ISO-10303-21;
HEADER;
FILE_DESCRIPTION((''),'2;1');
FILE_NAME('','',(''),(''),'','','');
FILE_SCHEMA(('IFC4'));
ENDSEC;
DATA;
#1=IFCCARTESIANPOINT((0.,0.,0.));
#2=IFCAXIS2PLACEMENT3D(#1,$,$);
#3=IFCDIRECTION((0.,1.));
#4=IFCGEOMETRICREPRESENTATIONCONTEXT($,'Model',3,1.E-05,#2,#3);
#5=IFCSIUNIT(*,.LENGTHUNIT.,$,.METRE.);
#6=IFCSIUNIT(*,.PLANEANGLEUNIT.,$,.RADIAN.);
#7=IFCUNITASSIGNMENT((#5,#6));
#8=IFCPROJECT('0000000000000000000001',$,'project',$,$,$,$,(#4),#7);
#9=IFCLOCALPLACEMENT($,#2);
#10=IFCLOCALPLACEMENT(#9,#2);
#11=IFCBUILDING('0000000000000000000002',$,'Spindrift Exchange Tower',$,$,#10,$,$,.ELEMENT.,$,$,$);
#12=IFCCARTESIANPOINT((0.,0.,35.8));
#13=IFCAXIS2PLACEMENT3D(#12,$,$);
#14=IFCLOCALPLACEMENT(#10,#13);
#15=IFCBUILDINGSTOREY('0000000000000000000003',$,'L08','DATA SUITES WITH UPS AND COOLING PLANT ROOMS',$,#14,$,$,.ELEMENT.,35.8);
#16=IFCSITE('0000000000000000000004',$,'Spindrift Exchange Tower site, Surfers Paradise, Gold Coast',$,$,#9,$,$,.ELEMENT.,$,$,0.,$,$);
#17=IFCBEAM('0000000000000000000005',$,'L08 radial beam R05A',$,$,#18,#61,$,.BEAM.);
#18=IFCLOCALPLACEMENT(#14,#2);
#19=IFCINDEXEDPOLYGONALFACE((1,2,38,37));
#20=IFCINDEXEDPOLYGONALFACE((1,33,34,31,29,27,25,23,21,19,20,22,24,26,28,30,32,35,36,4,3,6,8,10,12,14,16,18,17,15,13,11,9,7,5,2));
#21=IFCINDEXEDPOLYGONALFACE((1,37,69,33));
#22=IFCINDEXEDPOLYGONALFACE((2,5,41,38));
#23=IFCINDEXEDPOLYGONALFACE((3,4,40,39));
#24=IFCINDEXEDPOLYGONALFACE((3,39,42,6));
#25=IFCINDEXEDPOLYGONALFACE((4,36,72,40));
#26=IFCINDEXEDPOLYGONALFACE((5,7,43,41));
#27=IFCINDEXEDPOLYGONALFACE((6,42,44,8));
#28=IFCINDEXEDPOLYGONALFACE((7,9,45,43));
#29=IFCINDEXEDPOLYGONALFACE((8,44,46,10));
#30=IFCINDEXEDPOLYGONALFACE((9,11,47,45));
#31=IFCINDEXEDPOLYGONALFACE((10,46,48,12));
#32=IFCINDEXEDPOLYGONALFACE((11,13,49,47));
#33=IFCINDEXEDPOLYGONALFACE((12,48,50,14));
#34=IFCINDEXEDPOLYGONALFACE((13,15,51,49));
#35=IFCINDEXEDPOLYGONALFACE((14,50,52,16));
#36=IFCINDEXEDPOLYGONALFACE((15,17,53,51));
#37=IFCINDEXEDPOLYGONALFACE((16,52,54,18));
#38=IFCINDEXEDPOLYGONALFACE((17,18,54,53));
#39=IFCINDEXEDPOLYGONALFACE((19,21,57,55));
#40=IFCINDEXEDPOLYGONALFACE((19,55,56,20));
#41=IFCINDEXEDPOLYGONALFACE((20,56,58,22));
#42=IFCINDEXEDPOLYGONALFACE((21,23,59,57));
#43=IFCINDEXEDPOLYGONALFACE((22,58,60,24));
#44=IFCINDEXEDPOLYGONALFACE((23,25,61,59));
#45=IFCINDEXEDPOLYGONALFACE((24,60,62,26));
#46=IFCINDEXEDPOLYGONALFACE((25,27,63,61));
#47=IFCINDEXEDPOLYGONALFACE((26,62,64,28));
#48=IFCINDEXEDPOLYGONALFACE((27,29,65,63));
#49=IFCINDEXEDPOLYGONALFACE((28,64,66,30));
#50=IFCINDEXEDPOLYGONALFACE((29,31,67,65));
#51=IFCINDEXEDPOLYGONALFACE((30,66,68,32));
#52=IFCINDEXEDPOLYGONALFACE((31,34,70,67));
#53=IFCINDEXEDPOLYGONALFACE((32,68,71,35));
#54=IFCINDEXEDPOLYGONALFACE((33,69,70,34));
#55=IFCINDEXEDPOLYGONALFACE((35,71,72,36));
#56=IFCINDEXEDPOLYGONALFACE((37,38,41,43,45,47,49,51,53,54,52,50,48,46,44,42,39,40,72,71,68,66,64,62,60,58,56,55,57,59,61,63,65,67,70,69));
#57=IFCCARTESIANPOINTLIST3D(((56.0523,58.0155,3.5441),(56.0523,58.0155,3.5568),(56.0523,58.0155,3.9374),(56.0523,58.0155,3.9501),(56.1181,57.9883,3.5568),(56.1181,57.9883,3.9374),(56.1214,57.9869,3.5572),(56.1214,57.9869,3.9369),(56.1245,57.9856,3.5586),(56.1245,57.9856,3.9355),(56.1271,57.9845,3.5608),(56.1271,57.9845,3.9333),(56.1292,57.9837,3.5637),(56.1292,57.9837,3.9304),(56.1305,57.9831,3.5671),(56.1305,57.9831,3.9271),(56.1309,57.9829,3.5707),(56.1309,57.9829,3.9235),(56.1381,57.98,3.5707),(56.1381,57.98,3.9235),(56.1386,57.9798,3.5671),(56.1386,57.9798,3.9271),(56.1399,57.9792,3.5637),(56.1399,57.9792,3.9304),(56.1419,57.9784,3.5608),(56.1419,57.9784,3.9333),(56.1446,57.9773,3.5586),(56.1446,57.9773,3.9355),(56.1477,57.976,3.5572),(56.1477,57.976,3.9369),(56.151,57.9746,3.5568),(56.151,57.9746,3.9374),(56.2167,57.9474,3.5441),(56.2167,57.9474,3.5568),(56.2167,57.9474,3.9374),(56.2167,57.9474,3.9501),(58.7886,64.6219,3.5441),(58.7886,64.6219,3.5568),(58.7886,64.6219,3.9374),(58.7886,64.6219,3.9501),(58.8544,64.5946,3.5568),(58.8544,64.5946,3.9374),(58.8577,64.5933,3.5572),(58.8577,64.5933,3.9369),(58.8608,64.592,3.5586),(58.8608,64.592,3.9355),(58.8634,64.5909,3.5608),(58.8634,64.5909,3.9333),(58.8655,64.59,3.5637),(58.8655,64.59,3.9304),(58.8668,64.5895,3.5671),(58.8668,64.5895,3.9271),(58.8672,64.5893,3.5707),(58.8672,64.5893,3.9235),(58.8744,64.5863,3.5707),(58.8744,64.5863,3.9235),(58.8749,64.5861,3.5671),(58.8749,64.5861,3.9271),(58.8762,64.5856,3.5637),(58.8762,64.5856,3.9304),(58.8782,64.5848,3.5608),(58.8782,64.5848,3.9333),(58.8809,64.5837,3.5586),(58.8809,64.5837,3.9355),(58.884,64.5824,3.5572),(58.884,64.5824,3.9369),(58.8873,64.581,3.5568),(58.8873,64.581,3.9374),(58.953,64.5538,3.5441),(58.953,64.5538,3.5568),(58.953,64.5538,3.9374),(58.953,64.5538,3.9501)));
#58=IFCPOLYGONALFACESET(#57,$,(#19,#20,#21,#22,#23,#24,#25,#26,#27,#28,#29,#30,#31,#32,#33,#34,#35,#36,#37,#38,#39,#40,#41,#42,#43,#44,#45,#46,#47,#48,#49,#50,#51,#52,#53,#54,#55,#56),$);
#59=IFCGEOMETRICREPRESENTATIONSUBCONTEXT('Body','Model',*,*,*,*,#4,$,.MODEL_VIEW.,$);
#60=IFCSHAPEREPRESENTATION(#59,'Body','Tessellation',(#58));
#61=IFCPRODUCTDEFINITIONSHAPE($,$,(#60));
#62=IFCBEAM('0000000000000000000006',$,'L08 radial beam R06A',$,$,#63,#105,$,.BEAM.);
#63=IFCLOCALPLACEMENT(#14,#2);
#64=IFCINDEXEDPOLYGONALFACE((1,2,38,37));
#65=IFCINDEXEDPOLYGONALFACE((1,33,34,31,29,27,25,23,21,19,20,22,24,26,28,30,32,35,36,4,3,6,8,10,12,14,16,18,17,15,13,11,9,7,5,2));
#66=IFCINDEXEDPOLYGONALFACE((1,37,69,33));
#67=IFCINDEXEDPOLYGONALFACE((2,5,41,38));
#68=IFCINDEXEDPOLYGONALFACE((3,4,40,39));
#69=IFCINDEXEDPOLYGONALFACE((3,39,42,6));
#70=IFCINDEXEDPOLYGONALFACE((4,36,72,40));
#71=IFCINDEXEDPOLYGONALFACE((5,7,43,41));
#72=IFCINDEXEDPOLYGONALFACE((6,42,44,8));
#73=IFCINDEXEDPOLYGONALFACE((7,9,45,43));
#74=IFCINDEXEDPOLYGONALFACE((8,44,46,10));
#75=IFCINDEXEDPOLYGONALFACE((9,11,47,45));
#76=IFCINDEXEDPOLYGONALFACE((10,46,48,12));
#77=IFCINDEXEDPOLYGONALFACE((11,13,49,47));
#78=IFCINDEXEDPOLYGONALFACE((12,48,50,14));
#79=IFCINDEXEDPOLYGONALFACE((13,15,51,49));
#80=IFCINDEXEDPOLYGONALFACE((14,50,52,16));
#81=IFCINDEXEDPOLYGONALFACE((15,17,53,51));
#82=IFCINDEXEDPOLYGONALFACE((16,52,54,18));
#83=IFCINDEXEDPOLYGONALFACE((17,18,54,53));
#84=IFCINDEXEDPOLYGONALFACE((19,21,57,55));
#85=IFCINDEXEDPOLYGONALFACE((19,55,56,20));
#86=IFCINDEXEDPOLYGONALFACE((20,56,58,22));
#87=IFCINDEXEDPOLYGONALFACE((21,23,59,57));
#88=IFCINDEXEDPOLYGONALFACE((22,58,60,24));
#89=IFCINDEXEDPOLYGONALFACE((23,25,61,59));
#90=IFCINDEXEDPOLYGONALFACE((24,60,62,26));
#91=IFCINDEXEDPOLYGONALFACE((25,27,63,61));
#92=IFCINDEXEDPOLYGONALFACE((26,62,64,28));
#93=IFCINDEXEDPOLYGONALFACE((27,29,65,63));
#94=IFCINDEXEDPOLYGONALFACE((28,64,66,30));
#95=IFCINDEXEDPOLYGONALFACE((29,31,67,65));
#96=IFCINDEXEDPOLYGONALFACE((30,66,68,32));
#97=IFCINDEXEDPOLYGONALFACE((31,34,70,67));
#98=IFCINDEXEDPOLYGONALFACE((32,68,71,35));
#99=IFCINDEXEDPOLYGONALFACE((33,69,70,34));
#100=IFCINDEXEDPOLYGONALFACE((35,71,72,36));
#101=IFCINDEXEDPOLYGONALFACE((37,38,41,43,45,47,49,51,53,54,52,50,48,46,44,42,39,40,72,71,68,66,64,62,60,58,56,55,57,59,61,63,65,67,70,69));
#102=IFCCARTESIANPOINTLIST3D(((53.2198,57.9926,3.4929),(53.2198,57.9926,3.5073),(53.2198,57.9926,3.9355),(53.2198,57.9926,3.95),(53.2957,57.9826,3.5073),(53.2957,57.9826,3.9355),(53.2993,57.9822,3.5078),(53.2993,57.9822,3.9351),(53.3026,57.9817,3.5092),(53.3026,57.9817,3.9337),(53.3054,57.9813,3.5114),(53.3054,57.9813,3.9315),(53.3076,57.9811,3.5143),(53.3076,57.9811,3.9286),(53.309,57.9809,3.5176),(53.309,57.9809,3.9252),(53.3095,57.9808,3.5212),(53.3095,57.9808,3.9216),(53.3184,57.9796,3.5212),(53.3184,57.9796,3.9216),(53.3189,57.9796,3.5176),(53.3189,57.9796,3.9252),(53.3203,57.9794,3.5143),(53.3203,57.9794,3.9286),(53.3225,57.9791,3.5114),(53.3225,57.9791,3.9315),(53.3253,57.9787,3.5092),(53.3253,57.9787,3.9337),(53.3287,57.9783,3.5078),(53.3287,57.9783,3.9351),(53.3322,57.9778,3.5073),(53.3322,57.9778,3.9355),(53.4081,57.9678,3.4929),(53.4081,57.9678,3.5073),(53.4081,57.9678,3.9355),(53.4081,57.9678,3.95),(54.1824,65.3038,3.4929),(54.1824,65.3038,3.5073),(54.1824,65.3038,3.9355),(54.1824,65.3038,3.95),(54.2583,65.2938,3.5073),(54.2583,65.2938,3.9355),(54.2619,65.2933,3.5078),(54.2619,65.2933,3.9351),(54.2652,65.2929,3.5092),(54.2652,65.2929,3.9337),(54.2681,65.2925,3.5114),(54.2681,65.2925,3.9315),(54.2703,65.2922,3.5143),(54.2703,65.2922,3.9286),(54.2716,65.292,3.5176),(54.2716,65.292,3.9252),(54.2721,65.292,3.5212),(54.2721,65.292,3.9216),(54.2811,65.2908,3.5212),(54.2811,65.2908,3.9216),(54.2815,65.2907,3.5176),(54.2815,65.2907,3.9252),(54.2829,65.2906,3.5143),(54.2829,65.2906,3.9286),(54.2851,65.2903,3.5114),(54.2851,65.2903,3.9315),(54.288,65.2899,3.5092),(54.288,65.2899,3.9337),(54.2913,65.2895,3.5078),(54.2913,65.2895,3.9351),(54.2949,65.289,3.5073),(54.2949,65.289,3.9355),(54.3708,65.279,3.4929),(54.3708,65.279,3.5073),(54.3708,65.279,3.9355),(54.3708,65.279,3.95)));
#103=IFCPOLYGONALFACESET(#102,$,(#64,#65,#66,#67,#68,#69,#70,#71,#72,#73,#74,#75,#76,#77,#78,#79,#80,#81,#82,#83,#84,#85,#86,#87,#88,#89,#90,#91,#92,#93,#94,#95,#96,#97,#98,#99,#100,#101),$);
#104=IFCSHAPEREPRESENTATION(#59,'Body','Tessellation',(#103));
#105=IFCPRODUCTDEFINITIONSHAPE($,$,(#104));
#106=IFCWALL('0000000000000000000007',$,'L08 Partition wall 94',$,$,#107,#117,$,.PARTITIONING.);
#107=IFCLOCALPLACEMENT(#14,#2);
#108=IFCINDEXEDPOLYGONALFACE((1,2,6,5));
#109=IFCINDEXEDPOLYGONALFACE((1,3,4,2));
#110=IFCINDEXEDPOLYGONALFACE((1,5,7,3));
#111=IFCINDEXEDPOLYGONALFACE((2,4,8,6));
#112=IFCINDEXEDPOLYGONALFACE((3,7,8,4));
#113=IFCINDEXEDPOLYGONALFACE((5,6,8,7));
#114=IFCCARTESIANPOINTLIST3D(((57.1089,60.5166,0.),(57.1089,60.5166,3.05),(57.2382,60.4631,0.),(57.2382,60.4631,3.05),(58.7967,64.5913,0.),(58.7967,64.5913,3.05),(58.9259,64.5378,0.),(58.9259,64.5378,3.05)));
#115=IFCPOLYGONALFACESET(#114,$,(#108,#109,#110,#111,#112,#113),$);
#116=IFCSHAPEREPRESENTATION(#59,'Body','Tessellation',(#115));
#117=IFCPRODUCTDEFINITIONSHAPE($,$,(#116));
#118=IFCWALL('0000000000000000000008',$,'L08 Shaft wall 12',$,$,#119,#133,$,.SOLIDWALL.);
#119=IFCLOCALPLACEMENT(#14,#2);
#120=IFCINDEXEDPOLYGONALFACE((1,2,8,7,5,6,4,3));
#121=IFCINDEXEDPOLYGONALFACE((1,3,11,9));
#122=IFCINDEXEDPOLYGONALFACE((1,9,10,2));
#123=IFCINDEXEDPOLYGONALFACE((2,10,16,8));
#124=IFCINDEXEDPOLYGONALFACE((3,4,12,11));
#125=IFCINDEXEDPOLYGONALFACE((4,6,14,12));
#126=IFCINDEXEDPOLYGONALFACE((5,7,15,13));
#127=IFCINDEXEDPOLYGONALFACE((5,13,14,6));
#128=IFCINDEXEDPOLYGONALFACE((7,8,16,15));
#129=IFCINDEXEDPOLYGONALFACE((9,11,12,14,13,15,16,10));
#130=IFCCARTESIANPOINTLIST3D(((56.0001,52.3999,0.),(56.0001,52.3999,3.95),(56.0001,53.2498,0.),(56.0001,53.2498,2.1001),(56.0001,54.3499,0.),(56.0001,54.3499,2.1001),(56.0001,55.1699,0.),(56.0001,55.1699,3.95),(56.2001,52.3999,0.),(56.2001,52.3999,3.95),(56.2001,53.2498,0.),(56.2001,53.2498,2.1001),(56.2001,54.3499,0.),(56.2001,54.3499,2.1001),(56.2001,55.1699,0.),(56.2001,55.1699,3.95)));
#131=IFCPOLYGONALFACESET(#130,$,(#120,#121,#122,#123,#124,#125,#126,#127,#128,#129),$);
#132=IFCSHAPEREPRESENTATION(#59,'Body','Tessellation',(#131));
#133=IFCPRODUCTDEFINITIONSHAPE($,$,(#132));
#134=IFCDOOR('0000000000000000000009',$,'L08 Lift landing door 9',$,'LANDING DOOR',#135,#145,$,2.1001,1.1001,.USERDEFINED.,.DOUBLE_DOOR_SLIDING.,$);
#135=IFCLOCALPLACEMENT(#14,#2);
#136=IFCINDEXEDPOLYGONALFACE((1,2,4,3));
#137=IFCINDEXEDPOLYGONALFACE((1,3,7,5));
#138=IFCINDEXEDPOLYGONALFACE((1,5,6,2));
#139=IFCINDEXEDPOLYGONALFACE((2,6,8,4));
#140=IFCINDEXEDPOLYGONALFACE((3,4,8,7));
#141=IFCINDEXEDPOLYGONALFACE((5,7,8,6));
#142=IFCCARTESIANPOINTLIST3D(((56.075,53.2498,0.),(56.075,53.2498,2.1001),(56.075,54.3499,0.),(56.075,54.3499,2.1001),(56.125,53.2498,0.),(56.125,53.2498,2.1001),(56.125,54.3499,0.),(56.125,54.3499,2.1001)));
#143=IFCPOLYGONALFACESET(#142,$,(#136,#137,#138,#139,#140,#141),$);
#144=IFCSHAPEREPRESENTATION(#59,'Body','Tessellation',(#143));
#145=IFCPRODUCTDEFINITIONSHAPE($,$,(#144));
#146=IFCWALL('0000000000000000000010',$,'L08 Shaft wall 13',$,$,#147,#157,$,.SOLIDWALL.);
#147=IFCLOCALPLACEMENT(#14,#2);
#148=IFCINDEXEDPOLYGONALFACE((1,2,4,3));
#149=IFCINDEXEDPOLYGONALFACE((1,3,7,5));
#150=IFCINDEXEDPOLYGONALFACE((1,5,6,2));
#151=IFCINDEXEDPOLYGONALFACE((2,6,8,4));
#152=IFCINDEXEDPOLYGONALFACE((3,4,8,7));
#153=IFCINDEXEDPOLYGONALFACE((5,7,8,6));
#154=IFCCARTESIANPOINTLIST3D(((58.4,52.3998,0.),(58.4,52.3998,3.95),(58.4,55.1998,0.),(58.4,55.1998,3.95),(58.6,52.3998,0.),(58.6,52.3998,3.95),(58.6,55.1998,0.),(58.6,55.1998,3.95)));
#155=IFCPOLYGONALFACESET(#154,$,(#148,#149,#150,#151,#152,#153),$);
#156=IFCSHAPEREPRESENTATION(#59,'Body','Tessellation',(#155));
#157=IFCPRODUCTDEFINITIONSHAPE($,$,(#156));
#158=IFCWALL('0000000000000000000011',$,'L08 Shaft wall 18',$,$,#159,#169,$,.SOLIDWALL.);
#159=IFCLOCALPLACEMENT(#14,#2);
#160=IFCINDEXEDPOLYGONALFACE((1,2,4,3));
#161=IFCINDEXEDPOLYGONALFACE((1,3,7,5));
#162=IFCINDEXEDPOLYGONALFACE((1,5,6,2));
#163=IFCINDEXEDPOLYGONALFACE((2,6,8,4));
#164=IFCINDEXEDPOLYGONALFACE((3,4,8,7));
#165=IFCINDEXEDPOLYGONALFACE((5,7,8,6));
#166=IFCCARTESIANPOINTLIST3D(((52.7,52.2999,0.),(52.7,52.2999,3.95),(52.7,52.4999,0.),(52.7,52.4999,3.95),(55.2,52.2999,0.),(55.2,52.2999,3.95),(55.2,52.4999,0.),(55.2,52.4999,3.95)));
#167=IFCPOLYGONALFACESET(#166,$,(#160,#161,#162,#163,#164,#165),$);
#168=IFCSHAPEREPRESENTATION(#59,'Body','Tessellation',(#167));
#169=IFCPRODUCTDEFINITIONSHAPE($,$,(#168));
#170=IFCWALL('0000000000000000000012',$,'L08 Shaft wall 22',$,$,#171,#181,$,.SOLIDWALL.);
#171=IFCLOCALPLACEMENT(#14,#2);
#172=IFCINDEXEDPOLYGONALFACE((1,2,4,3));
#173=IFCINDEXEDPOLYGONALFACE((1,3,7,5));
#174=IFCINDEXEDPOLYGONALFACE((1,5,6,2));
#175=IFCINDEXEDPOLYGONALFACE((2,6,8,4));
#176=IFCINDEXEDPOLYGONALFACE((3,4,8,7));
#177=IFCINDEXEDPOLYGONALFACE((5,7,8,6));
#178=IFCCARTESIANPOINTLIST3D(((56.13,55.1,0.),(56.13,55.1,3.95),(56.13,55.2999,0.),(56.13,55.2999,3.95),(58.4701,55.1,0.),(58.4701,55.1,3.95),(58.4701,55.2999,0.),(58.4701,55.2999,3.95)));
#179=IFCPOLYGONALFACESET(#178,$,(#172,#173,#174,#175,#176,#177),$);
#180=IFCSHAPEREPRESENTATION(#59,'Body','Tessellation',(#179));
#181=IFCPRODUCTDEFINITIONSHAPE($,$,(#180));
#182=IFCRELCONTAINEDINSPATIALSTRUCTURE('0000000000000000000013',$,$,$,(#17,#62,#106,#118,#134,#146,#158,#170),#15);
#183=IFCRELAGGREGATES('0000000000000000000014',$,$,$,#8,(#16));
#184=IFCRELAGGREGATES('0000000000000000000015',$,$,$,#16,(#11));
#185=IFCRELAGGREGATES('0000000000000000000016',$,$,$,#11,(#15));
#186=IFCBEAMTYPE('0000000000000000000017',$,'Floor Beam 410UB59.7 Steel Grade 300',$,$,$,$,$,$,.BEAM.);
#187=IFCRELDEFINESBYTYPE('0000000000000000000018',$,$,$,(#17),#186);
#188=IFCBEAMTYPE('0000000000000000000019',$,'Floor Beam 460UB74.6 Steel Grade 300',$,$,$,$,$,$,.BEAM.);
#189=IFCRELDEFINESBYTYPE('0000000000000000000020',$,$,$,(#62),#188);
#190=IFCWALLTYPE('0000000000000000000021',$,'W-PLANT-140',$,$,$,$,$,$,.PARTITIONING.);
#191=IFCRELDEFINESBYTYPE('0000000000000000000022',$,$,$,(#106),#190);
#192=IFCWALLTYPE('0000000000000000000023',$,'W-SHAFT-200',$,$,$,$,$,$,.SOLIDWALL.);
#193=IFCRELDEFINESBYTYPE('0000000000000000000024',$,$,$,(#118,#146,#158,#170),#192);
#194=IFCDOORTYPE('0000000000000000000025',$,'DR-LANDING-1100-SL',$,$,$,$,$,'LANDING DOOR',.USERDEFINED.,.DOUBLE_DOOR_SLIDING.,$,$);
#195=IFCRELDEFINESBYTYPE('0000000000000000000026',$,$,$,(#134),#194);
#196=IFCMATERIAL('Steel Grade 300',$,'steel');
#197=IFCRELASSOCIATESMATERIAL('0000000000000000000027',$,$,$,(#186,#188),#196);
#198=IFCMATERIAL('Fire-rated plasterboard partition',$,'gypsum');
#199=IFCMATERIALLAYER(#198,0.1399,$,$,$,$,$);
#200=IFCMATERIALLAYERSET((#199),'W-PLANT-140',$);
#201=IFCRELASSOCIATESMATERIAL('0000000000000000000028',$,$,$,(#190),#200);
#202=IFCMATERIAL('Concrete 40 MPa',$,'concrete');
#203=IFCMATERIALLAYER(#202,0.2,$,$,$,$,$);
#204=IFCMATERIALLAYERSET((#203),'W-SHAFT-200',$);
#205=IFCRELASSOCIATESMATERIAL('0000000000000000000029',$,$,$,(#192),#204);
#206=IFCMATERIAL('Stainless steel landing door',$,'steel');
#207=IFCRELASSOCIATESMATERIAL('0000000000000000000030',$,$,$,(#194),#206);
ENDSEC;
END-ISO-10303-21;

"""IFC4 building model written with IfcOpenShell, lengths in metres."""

from ifc_helpers import new_model, si_unit, direction, frame, frame_2d, origin, origin_2d, place, context, subcontext, project, spatial, rectangle, i_section, extrude, source, transform, mapped, material, layer, layer_set, material_profile, profile_set, type_object, element, fill, save


model = new_model("IFC4")

# Units and contexts
model_context = context("Model", 3, precision=1e-05, world=origin(), true_north=direction((0.0, 1.0)))
body_context = subcontext(model_context, "Body", "Model", "MODEL_VIEW")
ifc_project = project(units=[si_unit("LENGTHUNIT", "METRE"), si_unit("PLANEANGLEUNIT", "RADIAN")], contexts=[model_context])

# Site, building, storey
site_placement = place(None, origin())
site = spatial("IfcSite", under=ifc_project, at=site_placement, Name="Spindrift Exchange Tower site, Surfers Paradise, Gold Coast", CompositionType="ELEMENT", RefElevation=0.0)
building_placement = place(site_placement, origin())
building = spatial("IfcBuilding", under=site, at=building_placement, Name="Spindrift Exchange Tower", CompositionType="ELEMENT")
storey_placement = place(building_placement, frame((0.0, 0.0, 35.8)))
storey = spatial("IfcBuildingStorey", under=building, at=storey_placement, Name="L08", Description="DATA SUITES WITH UPS AND COOLING PLANT ROOMS", CompositionType="ELEMENT", Elevation=35.8)

# Beams
ifc_material_1 = material(Name="Steel Grade 300", Category="steel")
ifc_material_profile_1 = material_profile(ifc_material_1, i_section(OverallWidth=0.178, OverallDepth=0.406, WebThickness=0.0078, FlangeThickness=0.0127, FilletRadius=0.0139, at=origin_2d()), Name="410UB59.7")
ifc_profile_set_1 = profile_set([ifc_material_profile_1], Name="Steel Grade 300")
beam_type_1 = type_object("IfcBeamType", Name="Floor Beam 410UB59.7 Steel Grade 300", PredefinedType="BEAM", material=ifc_profile_set_1)
shared_shape_1 = source(origin(), body_context, "Body", "SweptSolid", [
    extrude(i_section(OverallWidth=0.178, OverallDepth=0.406, WebThickness=0.0078, FlangeThickness=0.0127, FilletRadius=0.0139, at=origin_2d()), origin(), (0.0, 0.0, 1.0), 7.1506),
])
beam_1_placement = place(storey_placement, frame((56.1345, 57.9814, 3.7471), z_axis=(0.382665, 0.923887, 0.0), x_axis=(-0.923887, 0.382665, 0.0)))
element("IfcBeam", 1, at=beam_1_placement, inside=storey, type_object=beam_type_1, Name="L08 radial beam R05A", PredefinedType="BEAM", context=body_context, shape_type="MappedRepresentation", body=[
    mapped(shared_shape_1, transform((0.0, 0.0, 0.0), scale=1.0)),
])
ifc_material_profile_2 = material_profile(ifc_material_1, i_section(OverallWidth=0.1899, OverallDepth=0.457, WebThickness=0.009, FlangeThickness=0.0144, FilletRadius=0.0139, at=origin_2d()), Name="460UB74.6")
ifc_profile_set_2 = profile_set([ifc_material_profile_2], Name="Steel Grade 300")
beam_type_2 = type_object("IfcBeamType", Name="Floor Beam 460UB74.6 Steel Grade 300", PredefinedType="BEAM", material=ifc_profile_set_2)
shared_shape_2 = source(origin(), body_context, "Body", "SweptSolid", [
    extrude(i_section(OverallWidth=0.1899, OverallDepth=0.457, WebThickness=0.009, FlangeThickness=0.0144, FilletRadius=0.0139, at=origin_2d()), origin(), (0.0, 0.0, 1.0), 7.3743),
])
beam_2_placement = place(storey_placement, frame((53.314, 57.9802, 3.7214), z_axis=(0.130539, 0.991443, 0.0), x_axis=(-0.991443, 0.130539, 0.0)))
element("IfcBeam", 2, at=beam_2_placement, inside=storey, type_object=beam_type_2, Name="L08 radial beam R06A", PredefinedType="BEAM", context=body_context, shape_type="MappedRepresentation", body=[
    mapped(shared_shape_2, transform((0.0, 0.0, 0.0), scale=1.0)),
])

# Wall
ifc_material_2 = material(Name="Fire-rated plasterboard partition", Category="gypsum")
ifc_layer_1 = layer(ifc_material_2, 0.1399)
ifc_layer_set_1 = layer_set([ifc_layer_1], Name="W-PLANT-140")
wall_type_1 = type_object("IfcWallType", Name="W-PLANT-140", PredefinedType="PARTITIONING", material=ifc_layer_set_1)
wall_1_placement = place(storey_placement, frame((57.1736, 60.49, 0.0), z_axis=(0.0, 0.0, 1.0), x_axis=(0.382673, 0.923884, 0.0)))
element("IfcWall", 3, at=wall_1_placement, inside=storey, type_object=wall_type_1, Name="L08 Partition wall 94", PredefinedType="PARTITIONING", context=body_context, shape_type="SweptSolid", body=[
    extrude(rectangle(XDim=4.4104, YDim=0.1399, at=frame_2d((2.2051, 0.0))), origin(), (0.0, 0.0, 1.0), 3.05),
])

# Wall, opening, door
ifc_material_3 = material(Name="Concrete 40 MPa", Category="concrete")
ifc_layer_2 = layer(ifc_material_3, 0.2)
ifc_layer_set_2 = layer_set([ifc_layer_2], Name="W-SHAFT-200")
wall_type_2 = type_object("IfcWallType", Name="W-SHAFT-200", PredefinedType="SOLIDWALL", material=ifc_layer_set_2)
wall_2_placement = place(storey_placement, frame((56.1001, 55.1699, 0.0), z_axis=(0.0, 0.0, 1.0), x_axis=(0.0, -1.0, 0.0)))
wall_2 = element("IfcWall", 4, at=wall_2_placement, inside=storey, type_object=wall_type_2, Name="L08 Shaft wall 12", PredefinedType="SOLIDWALL", context=body_context, shape_type="SweptSolid", body=[
    extrude(rectangle(XDim=2.77, YDim=0.2, at=frame_2d((1.385, 0.0))), origin(), (0.0, 0.0, 1.0), 3.95),
])
opening_1_placement = place(wall_2_placement, frame((0.8201, 0.0, 0.0)))
opening_1 = element("IfcOpeningElement", 5, at=opening_1_placement, cuts=wall_2, PredefinedType="OPENING", context=body_context, shape_type="SweptSolid", body=[
    extrude(rectangle(XDim=1.1001, YDim=2.1001, at=frame_2d((0.55, 1.05))), frame((0.0, 0.1099, 0.0), z_axis=(0.0, -1.0, 0.0), x_axis=(1.0, 0.0, 0.0)), (0.0, 0.0, 1.0), 0.22),
])
ifc_material_4 = material(Name="Stainless steel landing door", Category="steel")
door_type_1 = type_object("IfcDoorType", Name="DR-LANDING-1100-SL", ElementType="LANDING DOOR", OperationType="DOUBLE_DOOR_SLIDING", PredefinedType="USERDEFINED", material=ifc_material_4)
shared_shape_3 = source(origin(), body_context, "Body", "SweptSolid", [
    extrude(rectangle(XDim=1.1001, YDim=2.1001, at=frame_2d((0.55, 1.05))), frame((0.0, 0.0249, 0.0), z_axis=(0.0, -1.0, 0.0), x_axis=(1.0, 0.0, 0.0)), (0.0, 0.0, 1.0), 0.05),
])
door_1_placement = place(opening_1_placement, origin())
door_1 = element("IfcDoor", 6, at=door_1_placement, inside=storey, type_object=door_type_1, Name="L08 Lift landing door 9", ObjectType="LANDING DOOR", OperationType="DOUBLE_DOOR_SLIDING", OverallHeight=2.1001, OverallWidth=1.1001, PredefinedType="USERDEFINED", context=body_context, shape_type="MappedRepresentation", body=[
    mapped(shared_shape_3, transform((0.0, 0.0, 0.0), scale=1.0)),
])
fill(opening_1, door_1)

# Walls
wall_3_placement = place(storey_placement, frame((58.5, 52.3999, 0.0), z_axis=(0.0, 0.0, 1.0), x_axis=(0.0, 1.0, 0.0)))
element("IfcWall", 7, at=wall_3_placement, inside=storey, type_object=wall_type_2, Name="L08 Shaft wall 13", PredefinedType="SOLIDWALL", context=body_context, shape_type="SweptSolid", body=[
    extrude(rectangle(XDim=2.8, YDim=0.2, at=frame_2d((1.3999, 0.0))), origin(), (0.0, 0.0, 1.0), 3.95),
])
wall_4_placement = place(storey_placement, frame((55.2, 52.3999, 0.0), z_axis=(0.0, 0.0, 1.0), x_axis=(-1.0, 0.0, 0.0)))
element("IfcWall", 8, at=wall_4_placement, inside=storey, type_object=wall_type_2, Name="L08 Shaft wall 18", PredefinedType="SOLIDWALL", context=body_context, shape_type="SweptSolid", body=[
    extrude(rectangle(XDim=2.5, YDim=0.2, at=frame_2d((1.25, 0.0))), origin(), (0.0, 0.0, 1.0), 3.95),
])
wall_5_placement = place(storey_placement, frame((58.47, 55.2, 0.0), z_axis=(0.0, 0.0, 1.0), x_axis=(-1.0, 0.0, 0.0)))
element("IfcWall", 9, at=wall_5_placement, inside=storey, type_object=wall_type_2, Name="L08 Shaft wall 22", PredefinedType="SOLIDWALL", context=body_context, shape_type="SweptSolid", body=[
    extrude(rectangle(XDim=2.3401, YDim=0.2, at=frame_2d((1.1699, 0.0))), origin(), (0.0, 0.0, 1.0), 3.95),
])

save(model, "model.ifc")
